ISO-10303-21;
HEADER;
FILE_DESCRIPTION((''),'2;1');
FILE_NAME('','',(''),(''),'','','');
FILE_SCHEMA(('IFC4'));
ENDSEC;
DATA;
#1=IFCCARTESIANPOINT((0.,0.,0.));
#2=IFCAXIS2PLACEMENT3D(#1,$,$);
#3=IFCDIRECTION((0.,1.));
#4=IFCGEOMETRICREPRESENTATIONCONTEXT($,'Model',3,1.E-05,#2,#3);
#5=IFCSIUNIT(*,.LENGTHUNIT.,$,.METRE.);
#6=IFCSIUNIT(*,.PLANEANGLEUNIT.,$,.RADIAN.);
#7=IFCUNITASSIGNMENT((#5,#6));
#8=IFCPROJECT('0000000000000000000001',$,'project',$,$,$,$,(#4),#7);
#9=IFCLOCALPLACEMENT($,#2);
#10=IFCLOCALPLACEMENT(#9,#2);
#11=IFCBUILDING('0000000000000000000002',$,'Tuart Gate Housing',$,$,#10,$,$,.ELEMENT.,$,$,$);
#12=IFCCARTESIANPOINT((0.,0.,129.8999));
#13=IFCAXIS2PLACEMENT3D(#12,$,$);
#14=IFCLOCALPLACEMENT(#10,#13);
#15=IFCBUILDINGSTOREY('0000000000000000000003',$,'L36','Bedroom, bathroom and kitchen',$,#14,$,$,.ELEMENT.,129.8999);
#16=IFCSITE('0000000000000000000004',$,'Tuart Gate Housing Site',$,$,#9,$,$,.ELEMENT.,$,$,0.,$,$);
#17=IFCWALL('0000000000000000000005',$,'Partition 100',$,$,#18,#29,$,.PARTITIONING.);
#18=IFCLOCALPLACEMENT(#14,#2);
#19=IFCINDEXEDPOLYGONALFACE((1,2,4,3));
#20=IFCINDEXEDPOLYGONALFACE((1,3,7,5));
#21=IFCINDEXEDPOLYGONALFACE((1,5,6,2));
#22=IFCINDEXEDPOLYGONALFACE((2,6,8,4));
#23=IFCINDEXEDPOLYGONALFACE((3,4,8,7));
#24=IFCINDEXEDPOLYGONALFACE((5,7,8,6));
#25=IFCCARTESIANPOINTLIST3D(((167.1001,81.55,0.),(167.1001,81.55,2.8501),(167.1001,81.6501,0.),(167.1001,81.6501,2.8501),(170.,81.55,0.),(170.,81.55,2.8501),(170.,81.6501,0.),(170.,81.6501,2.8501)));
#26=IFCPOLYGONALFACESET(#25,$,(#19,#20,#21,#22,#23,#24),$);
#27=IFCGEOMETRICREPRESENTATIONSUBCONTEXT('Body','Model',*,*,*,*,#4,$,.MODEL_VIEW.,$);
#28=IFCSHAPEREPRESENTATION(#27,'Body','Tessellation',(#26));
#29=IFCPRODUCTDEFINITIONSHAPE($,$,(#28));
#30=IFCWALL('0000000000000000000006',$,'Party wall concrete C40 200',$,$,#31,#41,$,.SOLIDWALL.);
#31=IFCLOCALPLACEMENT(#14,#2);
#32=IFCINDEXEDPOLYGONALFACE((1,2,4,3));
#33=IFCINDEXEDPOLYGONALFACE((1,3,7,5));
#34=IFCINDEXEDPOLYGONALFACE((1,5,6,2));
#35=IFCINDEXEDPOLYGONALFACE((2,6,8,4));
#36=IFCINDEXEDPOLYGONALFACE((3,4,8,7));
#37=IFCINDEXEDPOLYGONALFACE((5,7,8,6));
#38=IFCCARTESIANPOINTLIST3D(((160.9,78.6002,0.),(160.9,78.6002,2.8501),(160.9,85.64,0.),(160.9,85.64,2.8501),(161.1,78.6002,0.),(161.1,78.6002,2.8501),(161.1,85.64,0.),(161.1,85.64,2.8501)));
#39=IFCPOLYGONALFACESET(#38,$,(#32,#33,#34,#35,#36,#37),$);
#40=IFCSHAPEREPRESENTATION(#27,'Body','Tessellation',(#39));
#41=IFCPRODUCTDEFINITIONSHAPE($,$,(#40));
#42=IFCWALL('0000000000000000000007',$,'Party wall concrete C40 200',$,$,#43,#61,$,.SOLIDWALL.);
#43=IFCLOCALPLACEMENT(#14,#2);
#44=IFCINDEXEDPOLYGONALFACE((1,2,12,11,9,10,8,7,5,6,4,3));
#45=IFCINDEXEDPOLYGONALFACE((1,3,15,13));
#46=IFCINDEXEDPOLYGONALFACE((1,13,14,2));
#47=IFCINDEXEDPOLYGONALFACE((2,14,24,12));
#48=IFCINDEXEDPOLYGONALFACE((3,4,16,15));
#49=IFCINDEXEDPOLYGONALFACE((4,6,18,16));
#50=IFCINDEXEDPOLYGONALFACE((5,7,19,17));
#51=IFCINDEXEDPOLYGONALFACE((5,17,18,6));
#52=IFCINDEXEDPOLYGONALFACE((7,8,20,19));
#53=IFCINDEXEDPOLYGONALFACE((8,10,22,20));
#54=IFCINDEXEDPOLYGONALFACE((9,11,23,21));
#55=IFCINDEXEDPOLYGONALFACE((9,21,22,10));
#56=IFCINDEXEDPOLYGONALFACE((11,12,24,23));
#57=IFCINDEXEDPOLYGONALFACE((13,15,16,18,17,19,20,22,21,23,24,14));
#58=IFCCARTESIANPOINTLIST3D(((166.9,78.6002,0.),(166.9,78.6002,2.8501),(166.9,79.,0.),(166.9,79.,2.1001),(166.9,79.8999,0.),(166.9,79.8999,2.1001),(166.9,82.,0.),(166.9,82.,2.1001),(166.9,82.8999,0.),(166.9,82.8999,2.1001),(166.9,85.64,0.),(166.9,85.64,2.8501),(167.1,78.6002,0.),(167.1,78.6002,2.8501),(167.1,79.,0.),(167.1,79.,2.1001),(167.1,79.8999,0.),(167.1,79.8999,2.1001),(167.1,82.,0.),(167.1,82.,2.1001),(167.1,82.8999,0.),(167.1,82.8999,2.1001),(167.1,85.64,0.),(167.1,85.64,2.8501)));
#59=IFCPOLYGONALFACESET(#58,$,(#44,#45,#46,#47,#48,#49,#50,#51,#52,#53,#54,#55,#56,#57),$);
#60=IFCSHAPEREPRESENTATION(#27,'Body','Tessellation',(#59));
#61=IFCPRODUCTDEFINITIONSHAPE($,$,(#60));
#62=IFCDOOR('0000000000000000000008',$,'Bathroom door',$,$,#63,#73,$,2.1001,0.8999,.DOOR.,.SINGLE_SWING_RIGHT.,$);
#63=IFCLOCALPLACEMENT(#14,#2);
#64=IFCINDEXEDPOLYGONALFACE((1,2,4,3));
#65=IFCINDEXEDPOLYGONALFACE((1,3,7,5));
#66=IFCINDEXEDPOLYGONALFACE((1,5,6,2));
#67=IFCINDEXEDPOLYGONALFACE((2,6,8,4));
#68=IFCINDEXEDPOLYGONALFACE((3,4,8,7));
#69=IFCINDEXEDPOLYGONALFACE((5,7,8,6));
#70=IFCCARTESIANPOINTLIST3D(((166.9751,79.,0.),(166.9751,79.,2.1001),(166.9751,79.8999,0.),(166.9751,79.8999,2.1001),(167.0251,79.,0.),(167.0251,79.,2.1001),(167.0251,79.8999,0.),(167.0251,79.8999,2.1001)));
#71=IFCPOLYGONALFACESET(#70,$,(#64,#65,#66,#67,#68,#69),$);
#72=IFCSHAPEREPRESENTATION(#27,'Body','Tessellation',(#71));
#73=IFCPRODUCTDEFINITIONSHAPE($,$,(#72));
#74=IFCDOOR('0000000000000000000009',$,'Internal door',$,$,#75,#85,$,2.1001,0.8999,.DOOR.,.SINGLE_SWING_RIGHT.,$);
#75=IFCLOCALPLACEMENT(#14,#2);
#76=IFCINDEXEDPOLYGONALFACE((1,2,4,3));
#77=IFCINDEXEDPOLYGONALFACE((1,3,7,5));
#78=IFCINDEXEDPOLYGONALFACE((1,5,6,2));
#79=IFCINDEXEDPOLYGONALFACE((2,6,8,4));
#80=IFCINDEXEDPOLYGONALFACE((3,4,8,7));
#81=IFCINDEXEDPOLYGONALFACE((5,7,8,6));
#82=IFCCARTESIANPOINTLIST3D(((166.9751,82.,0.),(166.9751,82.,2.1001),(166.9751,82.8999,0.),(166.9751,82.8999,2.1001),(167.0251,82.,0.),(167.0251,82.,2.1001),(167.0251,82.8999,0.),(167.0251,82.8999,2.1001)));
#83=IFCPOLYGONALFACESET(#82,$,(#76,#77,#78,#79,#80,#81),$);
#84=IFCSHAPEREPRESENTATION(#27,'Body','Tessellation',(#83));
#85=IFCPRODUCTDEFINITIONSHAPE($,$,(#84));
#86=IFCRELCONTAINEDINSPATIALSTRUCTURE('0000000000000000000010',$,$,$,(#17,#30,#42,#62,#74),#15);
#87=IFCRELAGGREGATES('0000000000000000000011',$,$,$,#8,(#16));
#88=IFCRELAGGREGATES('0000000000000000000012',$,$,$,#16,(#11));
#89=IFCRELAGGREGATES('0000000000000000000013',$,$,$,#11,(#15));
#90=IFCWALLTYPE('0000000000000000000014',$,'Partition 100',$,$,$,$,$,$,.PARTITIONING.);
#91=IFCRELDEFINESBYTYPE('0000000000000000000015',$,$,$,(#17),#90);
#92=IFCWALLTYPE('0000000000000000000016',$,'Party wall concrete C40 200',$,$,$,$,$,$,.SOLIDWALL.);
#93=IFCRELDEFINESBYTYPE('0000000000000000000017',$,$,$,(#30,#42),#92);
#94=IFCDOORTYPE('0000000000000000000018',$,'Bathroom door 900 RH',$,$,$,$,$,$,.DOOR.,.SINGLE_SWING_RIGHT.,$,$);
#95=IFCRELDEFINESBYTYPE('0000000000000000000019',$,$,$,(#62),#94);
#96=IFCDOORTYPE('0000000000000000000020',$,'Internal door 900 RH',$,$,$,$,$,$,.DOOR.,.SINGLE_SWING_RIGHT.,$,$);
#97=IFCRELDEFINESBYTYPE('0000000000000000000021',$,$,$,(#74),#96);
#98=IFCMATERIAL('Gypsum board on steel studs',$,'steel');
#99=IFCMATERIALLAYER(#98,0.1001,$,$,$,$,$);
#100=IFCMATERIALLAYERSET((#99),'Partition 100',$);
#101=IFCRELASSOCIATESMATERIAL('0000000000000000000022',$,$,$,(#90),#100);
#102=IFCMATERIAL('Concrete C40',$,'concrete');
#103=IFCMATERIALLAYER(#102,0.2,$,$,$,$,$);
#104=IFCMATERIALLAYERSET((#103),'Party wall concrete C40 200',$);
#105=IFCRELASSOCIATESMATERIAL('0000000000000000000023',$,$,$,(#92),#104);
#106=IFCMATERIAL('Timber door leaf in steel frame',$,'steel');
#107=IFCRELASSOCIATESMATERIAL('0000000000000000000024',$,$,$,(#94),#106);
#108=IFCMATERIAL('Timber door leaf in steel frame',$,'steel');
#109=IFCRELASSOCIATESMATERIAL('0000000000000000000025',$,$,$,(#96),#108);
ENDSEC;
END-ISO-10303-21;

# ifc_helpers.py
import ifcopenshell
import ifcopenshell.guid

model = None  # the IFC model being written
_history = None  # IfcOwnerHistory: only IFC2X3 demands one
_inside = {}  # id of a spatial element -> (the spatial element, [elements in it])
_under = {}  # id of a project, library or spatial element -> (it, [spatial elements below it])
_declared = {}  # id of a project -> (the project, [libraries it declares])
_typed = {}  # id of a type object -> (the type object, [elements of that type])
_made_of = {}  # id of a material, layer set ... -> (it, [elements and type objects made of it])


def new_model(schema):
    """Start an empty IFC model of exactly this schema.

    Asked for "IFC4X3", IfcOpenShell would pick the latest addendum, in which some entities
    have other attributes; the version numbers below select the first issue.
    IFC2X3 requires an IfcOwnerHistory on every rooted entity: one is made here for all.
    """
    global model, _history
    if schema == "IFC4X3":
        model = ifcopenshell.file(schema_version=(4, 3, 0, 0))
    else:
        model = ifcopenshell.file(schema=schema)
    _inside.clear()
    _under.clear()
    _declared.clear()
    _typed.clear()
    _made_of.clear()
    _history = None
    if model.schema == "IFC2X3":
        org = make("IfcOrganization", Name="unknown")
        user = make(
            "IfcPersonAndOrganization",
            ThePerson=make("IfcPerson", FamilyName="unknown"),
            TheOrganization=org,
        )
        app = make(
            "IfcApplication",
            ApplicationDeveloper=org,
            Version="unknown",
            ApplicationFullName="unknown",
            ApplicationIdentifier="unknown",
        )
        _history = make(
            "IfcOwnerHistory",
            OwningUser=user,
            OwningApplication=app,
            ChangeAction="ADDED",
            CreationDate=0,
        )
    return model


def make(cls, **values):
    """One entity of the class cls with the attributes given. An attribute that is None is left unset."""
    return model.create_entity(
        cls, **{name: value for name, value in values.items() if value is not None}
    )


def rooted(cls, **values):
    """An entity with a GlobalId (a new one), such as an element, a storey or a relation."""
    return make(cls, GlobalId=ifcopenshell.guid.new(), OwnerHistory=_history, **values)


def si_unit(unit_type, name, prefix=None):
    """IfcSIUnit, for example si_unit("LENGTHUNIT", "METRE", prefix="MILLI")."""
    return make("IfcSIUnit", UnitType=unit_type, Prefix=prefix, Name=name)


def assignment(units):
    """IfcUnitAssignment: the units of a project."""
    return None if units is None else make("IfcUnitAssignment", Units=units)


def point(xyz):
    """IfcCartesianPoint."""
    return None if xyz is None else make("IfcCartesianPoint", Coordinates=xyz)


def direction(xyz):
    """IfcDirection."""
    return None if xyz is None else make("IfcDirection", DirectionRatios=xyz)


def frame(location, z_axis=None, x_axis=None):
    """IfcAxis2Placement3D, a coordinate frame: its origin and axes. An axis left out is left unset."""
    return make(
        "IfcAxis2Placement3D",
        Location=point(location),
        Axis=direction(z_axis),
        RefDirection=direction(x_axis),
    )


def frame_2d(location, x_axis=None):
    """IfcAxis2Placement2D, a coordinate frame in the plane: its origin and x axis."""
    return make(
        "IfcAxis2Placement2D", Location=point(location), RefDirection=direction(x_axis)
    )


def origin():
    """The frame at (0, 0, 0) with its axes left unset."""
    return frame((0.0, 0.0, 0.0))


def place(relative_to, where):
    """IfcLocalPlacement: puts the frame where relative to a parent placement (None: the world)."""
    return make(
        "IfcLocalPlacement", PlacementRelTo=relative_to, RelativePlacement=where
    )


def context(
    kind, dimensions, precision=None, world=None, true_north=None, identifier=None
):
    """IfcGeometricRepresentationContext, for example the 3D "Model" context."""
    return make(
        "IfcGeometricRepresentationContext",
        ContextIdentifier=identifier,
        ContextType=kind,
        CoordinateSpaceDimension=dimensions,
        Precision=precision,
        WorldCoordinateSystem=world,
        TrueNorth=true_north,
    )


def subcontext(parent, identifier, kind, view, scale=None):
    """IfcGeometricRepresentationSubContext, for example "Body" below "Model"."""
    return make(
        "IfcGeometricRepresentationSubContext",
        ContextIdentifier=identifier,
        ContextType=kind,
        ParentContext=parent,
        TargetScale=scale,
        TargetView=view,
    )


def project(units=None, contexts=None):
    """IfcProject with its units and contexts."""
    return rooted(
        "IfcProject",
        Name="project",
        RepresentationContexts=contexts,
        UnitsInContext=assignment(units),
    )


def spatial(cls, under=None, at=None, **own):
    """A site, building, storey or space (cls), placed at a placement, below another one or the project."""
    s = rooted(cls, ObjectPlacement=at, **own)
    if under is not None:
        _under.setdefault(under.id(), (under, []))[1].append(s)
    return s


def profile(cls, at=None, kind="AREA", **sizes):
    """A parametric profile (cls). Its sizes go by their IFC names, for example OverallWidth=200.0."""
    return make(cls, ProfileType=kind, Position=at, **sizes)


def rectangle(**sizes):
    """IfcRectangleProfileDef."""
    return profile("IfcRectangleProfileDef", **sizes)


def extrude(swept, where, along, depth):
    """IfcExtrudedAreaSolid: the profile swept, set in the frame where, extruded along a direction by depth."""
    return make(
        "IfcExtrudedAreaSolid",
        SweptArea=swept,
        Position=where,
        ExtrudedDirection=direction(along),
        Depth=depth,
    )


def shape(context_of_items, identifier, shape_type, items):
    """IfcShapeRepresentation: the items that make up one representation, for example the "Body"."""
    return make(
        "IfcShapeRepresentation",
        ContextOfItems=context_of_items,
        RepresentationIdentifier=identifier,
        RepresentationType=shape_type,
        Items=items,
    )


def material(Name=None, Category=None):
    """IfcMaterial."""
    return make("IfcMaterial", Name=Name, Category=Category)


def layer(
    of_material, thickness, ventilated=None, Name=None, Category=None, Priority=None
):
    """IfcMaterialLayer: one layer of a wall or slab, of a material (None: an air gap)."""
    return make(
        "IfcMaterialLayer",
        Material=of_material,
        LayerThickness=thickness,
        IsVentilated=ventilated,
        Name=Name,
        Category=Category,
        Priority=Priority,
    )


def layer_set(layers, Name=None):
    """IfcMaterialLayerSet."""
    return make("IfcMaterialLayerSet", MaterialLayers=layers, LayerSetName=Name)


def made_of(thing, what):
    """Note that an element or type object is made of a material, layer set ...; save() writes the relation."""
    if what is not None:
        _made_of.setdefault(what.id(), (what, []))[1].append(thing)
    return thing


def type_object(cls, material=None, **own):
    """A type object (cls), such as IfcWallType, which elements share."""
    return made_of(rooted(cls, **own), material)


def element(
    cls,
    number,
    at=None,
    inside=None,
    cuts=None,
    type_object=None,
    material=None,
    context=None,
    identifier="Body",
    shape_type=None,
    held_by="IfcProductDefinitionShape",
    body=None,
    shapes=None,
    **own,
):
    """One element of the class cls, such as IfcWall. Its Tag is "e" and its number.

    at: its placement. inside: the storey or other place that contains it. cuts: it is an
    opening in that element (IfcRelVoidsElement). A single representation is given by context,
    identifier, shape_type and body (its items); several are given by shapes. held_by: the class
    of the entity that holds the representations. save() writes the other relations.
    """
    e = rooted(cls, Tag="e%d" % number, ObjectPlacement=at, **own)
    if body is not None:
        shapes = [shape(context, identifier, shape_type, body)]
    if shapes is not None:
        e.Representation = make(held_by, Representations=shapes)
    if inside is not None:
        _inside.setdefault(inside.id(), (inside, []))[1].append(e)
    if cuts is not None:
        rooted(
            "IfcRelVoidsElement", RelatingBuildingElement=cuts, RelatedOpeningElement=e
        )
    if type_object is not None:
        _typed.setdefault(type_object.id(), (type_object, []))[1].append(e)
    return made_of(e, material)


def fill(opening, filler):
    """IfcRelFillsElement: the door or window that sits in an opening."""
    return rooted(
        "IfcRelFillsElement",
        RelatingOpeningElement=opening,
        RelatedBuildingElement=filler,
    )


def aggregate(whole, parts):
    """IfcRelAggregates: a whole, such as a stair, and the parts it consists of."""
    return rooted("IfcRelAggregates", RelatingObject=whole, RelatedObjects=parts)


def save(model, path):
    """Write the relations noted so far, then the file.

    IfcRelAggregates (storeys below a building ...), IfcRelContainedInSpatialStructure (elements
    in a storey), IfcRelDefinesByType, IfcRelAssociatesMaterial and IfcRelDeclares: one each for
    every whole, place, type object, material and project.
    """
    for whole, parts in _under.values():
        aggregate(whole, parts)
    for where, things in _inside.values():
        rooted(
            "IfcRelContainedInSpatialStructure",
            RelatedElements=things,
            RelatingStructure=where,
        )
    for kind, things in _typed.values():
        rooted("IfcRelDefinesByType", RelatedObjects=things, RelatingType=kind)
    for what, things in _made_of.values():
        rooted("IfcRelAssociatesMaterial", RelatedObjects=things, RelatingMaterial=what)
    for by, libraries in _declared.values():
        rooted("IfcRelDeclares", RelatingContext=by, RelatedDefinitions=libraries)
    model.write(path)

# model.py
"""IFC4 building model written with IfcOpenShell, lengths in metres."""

from ifc_helpers import new_model, si_unit, direction, frame, frame_2d, origin, place, context, subcontext, project, spatial, rectangle, extrude, material, layer, layer_set, type_object, element, fill, save


model = new_model("IFC4")

# Units and contexts
model_context = context("Model", 3, precision=1e-05, world=origin(), true_north=direction((0.0, 1.0)))
body_context = subcontext(model_context, "Body", "Model", "MODEL_VIEW")
ifc_project = project(units=[si_unit("LENGTHUNIT", "METRE"), si_unit("PLANEANGLEUNIT", "RADIAN")], contexts=[model_context])

# Site, building, storey
site_placement = place(None, origin())
site = spatial("IfcSite", under=ifc_project, at=site_placement, Name="Tuart Gate Housing Site", CompositionType="ELEMENT", RefElevation=0.0)
building_placement = place(site_placement, origin())
building = spatial("IfcBuilding", under=site, at=building_placement, Name="Tuart Gate Housing", CompositionType="ELEMENT")
storey_placement = place(building_placement, frame((0.0, 0.0, 129.8999)))
storey = spatial("IfcBuildingStorey", under=building, at=storey_placement, Name="L36", Description="Bedroom, bathroom and kitchen", CompositionType="ELEMENT", Elevation=129.8999)

# Walls
ifc_material_1 = material(Name="Gypsum board on steel studs", Category="steel")
ifc_layer_1 = layer(ifc_material_1, 0.1001)
ifc_layer_set_1 = layer_set([ifc_layer_1], Name="Partition 100")
wall_type_1 = type_object("IfcWallType", Name="Partition 100", PredefinedType="PARTITIONING", material=ifc_layer_set_1)
wall_1_placement = place(storey_placement, frame((167.1001, 81.6001, 0.0), z_axis=(0.0, 0.0, 1.0), x_axis=(1.0, 0.0, 0.0)))
element("IfcWall", 1, at=wall_1_placement, inside=storey, type_object=wall_type_1, Name="Partition 100", PredefinedType="PARTITIONING", context=body_context, shape_type="SweptSolid", body=[
    extrude(rectangle(XDim=2.8999, YDim=0.1001, at=frame_2d((1.45, 0.0))), origin(), (0.0, 0.0, 1.0), 2.8501),
])
ifc_material_2 = material(Name="Concrete C40", Category="concrete")
ifc_layer_2 = layer(ifc_material_2, 0.2)
ifc_layer_set_2 = layer_set([ifc_layer_2], Name="Party wall concrete C40 200")
wall_type_2 = type_object("IfcWallType", Name="Party wall concrete C40 200", PredefinedType="SOLIDWALL", material=ifc_layer_set_2)
wall_2_placement = place(storey_placement, frame((161.0, 78.6001, 0.0), z_axis=(0.0, 0.0, 1.0), x_axis=(0.0, 1.0, 0.0)))
element("IfcWall", 2, at=wall_2_placement, inside=storey, type_object=wall_type_2, Name="Party wall concrete C40 200", PredefinedType="SOLIDWALL", context=body_context, shape_type="SweptSolid", body=[
    extrude(rectangle(XDim=7.0398, YDim=0.2, at=frame_2d((3.52, 0.0))), origin(), (0.0, 0.0, 1.0), 2.8501),
])

# Wall, openings, doors
wall_3_placement = place(storey_placement, frame((167.0, 78.6001, 0.0), z_axis=(0.0, 0.0, 1.0), x_axis=(0.0, 1.0, 0.0)))
wall_3 = element("IfcWall", 3, at=wall_3_placement, inside=storey, type_object=wall_type_2, Name="Party wall concrete C40 200", PredefinedType="SOLIDWALL", context=body_context, shape_type="SweptSolid", body=[
    extrude(rectangle(XDim=7.0398, YDim=0.2, at=frame_2d((3.52, 0.0))), origin(), (0.0, 0.0, 1.0), 2.8501),
])
opening_1_placement = place(wall_3_placement, frame((3.3999, 0.0, 0.0)))
opening_1 = element("IfcOpeningElement", 4, at=opening_1_placement, cuts=wall_3, PredefinedType="OPENING", context=body_context, shape_type="SweptSolid", body=[
    extrude(rectangle(XDim=0.8999, YDim=2.1001, at=frame_2d((0.45, 1.05))), frame((0.0, 0.1099, 0.0), z_axis=(0.0, -1.0, 0.0), x_axis=(1.0, 0.0, 0.0)), (0.0, 0.0, 1.0), 0.22),
])
opening_2_placement = place(wall_3_placement, frame((0.3999, 0.0, 0.0)))
opening_2 = element("IfcOpeningElement", 5, at=opening_2_placement, cuts=wall_3, PredefinedType="OPENING", context=body_context, shape_type="SweptSolid", body=[
    extrude(rectangle(XDim=0.8999, YDim=2.1001, at=frame_2d((0.45, 1.05))), frame((0.0, 0.1099, 0.0), z_axis=(0.0, -1.0, 0.0), x_axis=(1.0, 0.0, 0.0)), (0.0, 0.0, 1.0), 0.22),
])
ifc_material_3 = material(Name="Timber door leaf in steel frame", Category="steel")
door_type_1 = type_object("IfcDoorType", Name="Bathroom door 900 RH", OperationType="SINGLE_SWING_RIGHT", PredefinedType="DOOR", material=ifc_material_3)
door_1_placement = place(opening_2_placement, frame((0.8999, 0.0, 0.0), z_axis=(0.0, 0.0, 1.0), x_axis=(-1.0, 0.0, 0.0)))
door_1 = element("IfcDoor", 6, at=door_1_placement, inside=storey, type_object=door_type_1, Name="Bathroom door", OperationType="SINGLE_SWING_RIGHT", OverallHeight=2.1001, OverallWidth=0.8999, PredefinedType="DOOR", context=body_context, shape_type="SweptSolid", body=[
    extrude(rectangle(XDim=0.8999, YDim=2.1001, at=frame_2d((0.45, 1.05))), frame((0.0, 0.0251, 0.0), z_axis=(0.0, -1.0, 0.0), x_axis=(1.0, 0.0, 0.0)), (0.0, 0.0, 1.0), 0.05),
])
fill(opening_2, door_1)
ifc_material_4 = material(Name="Timber door leaf in steel frame", Category="steel")
door_type_2 = type_object("IfcDoorType", Name="Internal door 900 RH", OperationType="SINGLE_SWING_RIGHT", PredefinedType="DOOR", material=ifc_material_4)
door_2_placement = place(opening_1_placement, frame((0.8999, 0.0, 0.0), z_axis=(0.0, 0.0, 1.0), x_axis=(-1.0, 0.0, 0.0)))
door_2 = element("IfcDoor", 7, at=door_2_placement, inside=storey, type_object=door_type_2, Name="Internal door", OperationType="SINGLE_SWING_RIGHT", OverallHeight=2.1001, OverallWidth=0.8999, PredefinedType="DOOR", context=body_context, shape_type="SweptSolid", body=[
    extrude(rectangle(XDim=0.8999, YDim=2.1001, at=frame_2d((0.45, 1.05))), frame((0.0, 0.0251, 0.0), z_axis=(0.0, -1.0, 0.0), x_axis=(1.0, 0.0, 0.0)), (0.0, 0.0, 1.0), 0.05),
])
fill(opening_1, door_2)

save(model, "model.ifc")
